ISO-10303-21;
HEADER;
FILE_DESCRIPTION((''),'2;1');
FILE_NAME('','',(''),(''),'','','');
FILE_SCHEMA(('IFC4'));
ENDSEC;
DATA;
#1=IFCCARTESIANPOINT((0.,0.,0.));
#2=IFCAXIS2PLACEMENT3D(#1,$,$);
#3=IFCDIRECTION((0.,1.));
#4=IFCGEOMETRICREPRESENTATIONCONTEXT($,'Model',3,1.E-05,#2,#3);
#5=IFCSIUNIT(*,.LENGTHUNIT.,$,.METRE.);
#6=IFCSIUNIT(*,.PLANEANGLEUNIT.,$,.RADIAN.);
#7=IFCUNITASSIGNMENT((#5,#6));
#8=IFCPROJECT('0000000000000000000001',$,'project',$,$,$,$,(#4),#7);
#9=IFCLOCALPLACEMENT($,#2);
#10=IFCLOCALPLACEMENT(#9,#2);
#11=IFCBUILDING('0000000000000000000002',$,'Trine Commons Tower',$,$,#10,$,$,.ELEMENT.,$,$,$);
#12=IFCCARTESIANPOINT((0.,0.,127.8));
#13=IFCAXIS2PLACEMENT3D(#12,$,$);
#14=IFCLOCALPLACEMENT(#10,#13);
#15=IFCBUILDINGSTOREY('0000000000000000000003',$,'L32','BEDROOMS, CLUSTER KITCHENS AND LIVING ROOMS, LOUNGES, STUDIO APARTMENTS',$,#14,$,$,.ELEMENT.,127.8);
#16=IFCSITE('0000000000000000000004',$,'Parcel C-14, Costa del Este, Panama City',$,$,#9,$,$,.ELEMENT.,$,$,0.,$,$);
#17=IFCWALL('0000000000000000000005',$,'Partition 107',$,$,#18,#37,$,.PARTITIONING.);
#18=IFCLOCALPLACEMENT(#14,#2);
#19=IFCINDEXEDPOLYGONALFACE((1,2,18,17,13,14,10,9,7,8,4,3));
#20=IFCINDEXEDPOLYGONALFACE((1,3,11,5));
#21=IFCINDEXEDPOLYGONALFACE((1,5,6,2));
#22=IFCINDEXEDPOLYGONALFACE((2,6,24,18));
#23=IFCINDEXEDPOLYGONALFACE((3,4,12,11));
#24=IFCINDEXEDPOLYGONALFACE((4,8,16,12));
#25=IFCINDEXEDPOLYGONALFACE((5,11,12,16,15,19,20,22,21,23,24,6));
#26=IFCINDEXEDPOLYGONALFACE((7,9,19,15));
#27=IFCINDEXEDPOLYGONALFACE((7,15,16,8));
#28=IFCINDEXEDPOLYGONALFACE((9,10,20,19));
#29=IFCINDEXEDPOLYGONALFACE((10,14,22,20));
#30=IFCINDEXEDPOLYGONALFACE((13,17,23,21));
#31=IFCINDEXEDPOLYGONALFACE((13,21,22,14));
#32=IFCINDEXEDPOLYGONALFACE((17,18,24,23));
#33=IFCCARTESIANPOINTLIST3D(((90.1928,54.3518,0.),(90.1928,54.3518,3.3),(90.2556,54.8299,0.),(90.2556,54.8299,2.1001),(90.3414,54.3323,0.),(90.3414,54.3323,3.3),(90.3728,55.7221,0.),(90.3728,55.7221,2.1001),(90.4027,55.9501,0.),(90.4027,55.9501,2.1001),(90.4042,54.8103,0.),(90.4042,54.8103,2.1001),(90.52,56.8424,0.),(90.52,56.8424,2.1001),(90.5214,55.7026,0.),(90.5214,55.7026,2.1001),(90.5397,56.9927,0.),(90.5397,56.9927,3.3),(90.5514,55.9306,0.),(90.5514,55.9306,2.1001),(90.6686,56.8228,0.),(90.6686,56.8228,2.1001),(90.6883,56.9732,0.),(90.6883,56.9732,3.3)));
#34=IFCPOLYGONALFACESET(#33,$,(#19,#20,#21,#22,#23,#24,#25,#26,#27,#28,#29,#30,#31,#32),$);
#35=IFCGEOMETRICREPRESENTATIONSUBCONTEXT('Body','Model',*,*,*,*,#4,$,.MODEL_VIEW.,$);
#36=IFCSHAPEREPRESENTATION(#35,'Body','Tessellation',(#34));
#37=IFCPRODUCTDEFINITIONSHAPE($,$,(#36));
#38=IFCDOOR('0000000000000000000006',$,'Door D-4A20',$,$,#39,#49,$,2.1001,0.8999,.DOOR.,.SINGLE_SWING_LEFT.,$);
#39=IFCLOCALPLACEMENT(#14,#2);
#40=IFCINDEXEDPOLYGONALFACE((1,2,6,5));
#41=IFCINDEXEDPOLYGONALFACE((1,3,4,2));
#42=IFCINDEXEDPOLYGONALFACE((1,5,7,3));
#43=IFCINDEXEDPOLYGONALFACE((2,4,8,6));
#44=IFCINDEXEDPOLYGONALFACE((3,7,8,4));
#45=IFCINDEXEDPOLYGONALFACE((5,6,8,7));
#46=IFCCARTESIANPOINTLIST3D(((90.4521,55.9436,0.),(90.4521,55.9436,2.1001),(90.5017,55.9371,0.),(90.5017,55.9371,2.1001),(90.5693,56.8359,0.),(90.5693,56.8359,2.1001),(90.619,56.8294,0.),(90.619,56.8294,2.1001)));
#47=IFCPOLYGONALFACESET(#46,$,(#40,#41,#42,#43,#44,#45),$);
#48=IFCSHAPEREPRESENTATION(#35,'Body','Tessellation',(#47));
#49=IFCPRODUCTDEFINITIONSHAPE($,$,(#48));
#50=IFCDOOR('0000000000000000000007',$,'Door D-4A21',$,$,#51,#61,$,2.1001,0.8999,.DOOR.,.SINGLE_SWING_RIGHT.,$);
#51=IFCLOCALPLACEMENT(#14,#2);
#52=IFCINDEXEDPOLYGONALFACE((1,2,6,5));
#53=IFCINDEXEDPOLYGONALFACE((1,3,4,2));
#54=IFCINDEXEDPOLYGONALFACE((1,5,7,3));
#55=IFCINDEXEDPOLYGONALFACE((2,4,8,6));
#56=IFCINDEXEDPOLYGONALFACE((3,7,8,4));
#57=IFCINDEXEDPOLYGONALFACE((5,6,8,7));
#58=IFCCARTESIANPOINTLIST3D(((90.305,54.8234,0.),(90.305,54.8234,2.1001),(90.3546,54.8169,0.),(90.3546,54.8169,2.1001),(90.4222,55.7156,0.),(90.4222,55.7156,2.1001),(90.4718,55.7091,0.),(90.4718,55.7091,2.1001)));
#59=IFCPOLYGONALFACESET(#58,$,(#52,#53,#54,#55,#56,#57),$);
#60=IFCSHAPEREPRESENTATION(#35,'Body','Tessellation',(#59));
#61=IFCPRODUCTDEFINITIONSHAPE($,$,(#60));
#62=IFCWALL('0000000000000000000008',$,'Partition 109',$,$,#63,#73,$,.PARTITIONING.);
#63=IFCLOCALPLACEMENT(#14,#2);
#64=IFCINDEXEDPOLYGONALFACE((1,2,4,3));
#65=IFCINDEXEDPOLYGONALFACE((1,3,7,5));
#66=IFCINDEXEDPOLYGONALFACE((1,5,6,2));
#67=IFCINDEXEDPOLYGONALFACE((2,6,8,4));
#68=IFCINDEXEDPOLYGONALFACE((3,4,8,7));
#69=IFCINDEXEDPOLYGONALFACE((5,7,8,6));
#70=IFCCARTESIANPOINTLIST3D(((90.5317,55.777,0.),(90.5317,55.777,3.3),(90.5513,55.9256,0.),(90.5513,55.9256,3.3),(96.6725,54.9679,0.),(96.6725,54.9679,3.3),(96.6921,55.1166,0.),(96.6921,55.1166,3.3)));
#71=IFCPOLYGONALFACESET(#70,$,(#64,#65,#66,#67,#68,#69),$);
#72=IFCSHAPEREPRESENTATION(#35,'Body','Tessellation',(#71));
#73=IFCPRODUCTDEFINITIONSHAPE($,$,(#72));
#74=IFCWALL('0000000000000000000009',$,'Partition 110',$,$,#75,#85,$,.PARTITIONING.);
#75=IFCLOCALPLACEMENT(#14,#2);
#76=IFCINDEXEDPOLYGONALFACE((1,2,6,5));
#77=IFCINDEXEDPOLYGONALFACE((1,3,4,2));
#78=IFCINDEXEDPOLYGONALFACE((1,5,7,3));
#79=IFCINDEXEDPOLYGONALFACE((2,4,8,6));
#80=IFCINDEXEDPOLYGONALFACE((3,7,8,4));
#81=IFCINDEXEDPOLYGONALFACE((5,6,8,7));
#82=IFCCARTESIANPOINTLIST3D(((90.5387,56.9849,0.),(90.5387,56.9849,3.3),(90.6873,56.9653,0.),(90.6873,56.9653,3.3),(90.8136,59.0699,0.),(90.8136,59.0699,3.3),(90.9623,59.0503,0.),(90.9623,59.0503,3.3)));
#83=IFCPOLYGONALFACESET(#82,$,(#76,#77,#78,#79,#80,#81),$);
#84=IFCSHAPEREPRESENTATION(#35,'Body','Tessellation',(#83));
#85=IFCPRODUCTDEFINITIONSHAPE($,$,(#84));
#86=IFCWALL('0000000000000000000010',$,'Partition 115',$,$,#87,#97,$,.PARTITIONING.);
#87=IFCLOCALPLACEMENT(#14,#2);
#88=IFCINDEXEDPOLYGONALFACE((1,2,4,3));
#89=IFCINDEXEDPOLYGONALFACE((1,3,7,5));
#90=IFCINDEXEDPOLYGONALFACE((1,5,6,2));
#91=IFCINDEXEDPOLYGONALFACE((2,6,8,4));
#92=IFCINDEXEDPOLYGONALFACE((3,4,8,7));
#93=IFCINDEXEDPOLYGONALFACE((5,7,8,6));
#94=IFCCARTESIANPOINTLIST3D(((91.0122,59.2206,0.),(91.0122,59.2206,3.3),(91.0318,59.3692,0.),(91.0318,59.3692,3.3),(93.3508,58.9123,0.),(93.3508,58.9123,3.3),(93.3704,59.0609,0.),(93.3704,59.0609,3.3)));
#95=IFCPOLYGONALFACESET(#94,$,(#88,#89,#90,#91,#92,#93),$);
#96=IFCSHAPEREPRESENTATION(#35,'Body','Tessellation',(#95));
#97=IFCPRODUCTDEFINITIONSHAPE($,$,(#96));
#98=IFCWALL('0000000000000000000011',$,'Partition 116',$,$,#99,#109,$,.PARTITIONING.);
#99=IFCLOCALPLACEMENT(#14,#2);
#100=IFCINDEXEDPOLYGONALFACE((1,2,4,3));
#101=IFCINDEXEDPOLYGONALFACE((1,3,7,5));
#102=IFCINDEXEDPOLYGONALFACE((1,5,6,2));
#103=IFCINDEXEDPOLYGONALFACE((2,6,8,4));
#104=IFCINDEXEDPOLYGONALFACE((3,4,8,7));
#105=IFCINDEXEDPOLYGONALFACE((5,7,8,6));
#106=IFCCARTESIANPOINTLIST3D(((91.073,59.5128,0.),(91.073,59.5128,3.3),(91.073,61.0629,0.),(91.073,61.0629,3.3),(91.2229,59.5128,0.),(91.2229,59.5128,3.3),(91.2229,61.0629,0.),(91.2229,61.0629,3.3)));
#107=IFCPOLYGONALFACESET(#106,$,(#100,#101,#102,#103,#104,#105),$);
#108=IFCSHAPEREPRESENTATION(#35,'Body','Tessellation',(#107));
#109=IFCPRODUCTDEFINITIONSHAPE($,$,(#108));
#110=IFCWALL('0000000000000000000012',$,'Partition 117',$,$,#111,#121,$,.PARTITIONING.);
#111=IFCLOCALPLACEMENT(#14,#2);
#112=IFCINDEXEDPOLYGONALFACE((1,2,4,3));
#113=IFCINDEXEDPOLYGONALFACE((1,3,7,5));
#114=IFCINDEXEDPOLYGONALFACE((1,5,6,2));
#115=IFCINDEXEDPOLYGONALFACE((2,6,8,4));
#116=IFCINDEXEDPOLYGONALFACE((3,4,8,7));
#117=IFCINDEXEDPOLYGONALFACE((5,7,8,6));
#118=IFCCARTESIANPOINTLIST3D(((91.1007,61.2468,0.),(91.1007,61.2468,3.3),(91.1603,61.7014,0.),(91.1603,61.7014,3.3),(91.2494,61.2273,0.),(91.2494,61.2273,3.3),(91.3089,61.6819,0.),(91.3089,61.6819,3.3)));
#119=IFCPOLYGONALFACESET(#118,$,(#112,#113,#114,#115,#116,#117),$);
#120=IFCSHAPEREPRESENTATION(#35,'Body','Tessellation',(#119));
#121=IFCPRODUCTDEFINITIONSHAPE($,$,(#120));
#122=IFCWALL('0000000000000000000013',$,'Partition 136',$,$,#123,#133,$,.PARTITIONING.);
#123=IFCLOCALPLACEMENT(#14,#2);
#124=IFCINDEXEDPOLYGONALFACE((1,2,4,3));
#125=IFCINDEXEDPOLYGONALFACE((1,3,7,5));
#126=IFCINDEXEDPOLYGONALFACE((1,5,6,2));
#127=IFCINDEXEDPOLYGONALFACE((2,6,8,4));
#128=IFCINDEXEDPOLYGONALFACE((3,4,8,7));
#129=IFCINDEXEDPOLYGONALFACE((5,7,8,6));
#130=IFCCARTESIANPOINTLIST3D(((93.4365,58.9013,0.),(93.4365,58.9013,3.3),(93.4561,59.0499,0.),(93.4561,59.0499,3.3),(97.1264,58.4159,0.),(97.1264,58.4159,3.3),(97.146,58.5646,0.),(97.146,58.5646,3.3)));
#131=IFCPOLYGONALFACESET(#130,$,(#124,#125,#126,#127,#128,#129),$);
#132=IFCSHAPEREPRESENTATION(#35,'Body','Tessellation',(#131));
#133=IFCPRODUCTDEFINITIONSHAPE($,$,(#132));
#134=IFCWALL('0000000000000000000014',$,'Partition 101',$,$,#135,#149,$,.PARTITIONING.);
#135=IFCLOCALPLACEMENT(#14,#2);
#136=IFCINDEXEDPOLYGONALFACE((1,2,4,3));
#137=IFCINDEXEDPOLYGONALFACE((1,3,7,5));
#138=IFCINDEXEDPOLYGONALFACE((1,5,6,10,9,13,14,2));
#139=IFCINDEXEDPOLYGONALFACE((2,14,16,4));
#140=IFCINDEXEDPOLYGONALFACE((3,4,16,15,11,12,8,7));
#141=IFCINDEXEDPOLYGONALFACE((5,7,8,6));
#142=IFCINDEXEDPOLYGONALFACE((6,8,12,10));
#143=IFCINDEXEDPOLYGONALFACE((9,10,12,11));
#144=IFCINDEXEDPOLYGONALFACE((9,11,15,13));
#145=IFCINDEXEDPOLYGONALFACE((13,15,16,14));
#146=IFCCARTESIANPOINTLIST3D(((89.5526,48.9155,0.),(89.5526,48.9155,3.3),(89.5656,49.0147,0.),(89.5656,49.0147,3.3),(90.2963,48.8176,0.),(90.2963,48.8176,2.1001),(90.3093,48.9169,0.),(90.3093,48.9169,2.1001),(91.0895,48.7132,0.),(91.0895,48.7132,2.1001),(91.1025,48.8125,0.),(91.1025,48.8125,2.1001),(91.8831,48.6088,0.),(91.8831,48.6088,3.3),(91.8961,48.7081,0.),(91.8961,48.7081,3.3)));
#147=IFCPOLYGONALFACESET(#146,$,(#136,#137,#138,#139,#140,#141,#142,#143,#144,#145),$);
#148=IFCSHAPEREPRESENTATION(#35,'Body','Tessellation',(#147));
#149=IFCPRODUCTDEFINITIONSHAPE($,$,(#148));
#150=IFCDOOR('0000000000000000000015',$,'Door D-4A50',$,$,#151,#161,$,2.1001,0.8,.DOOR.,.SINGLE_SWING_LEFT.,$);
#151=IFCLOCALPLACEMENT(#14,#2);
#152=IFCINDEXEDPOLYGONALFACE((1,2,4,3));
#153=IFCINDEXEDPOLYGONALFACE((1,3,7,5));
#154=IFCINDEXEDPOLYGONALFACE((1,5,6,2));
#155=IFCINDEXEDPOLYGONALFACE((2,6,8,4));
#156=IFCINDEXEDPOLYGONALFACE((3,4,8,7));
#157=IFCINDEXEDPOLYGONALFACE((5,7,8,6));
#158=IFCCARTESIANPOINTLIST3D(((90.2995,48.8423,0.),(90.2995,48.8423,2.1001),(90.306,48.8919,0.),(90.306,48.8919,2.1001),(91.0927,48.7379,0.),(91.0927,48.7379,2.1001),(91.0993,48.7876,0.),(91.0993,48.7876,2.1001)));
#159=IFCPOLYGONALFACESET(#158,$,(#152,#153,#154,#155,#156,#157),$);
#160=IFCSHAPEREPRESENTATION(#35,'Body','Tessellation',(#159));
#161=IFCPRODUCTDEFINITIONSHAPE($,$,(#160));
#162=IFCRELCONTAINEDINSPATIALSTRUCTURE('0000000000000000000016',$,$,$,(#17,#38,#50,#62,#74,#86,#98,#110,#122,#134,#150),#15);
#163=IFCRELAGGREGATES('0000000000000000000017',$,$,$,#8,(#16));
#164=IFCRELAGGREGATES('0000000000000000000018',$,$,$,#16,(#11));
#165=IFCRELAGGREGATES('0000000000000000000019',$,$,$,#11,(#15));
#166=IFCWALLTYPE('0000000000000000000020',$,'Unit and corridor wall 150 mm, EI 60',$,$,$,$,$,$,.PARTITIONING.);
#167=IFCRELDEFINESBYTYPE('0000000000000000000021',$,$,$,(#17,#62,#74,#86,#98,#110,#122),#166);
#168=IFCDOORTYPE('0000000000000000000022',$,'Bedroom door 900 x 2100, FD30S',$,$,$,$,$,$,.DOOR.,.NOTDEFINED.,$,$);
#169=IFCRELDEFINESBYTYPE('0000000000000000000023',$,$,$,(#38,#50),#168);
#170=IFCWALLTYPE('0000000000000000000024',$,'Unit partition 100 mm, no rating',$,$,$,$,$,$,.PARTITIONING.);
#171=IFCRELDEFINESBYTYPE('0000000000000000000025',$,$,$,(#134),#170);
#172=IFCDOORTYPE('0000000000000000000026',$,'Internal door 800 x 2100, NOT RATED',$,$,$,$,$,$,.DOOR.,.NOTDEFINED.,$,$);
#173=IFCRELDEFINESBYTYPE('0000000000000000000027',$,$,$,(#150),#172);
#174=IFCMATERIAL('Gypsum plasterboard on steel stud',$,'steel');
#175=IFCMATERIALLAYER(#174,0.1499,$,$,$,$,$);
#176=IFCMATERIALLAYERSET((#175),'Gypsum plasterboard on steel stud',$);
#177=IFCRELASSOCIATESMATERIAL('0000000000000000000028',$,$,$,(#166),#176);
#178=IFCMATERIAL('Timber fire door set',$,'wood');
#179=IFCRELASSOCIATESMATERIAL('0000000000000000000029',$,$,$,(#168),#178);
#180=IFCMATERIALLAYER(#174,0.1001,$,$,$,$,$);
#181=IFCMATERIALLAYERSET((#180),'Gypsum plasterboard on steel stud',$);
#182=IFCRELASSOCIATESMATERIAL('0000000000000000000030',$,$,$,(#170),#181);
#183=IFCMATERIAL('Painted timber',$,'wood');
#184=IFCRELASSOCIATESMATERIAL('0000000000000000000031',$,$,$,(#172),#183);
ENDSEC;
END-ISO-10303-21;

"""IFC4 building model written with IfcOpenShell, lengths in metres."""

from ifc_helpers import new_model, si_unit, direction, frame, frame_2d, origin, place, context, subcontext, project, spatial, rectangle, extrude, material, layer, layer_set, type_object, element, fill, save


model = new_model("IFC4")

# Units and contexts
model_context = context("Model", 3, precision=1e-05, world=origin(), true_north=direction((0.0, 1.0)))
body_context = subcontext(model_context, "Body", "Model", "MODEL_VIEW")
ifc_project = project(units=[si_unit("LENGTHUNIT", "METRE"), si_unit("PLANEANGLEUNIT", "RADIAN")], contexts=[model_context])

# Site, building, storey
site_placement = place(None, origin())
site = spatial("IfcSite", under=ifc_project, at=site_placement, Name="Parcel C-14, Costa del Este, Panama City", CompositionType="ELEMENT", RefElevation=0.0)
building_placement = place(site_placement, origin())
building = spatial("IfcBuilding", under=site, at=building_placement, Name="Trine Commons Tower", CompositionType="ELEMENT")
storey_placement = place(building_placement, frame((0.0, 0.0, 127.8)))
storey = spatial("IfcBuildingStorey", under=building, at=storey_placement, Name="L32", Description="BEDROOMS, CLUSTER KITCHENS AND LIVING ROOMS, LOUNGES, STUDIO APARTMENTS", CompositionType="ELEMENT", Elevation=127.8)

# Shared definitions
ifc_material_1 = material(Name="Gypsum plasterboard on steel stud", Category="steel")
ifc_layer_1 = layer(ifc_material_1, 0.1499)
ifc_layer_set_1 = layer_set([ifc_layer_1], Name="Gypsum plasterboard on steel stud")
wall_type_1 = type_object("IfcWallType", Name="Unit and corridor wall 150 mm, EI 60", PredefinedType="PARTITIONING", material=ifc_layer_set_1)

# Wall, openings, doors
wall_1_placement = place(storey_placement, frame((90.2671, 54.342, 0.0), z_axis=(0.0, 0.0, 1.0), x_axis=(0.130248, 0.991481, 0.0)))
wall_1 = element("IfcWall", 1, at=wall_1_placement, inside=storey, type_object=wall_type_1, Name="Partition 107", PredefinedType="PARTITIONING", context=body_context, shape_type="SweptSolid", body=[
    extrude(rectangle(XDim=2.6636, YDim=0.1499, at=frame_2d((1.3318, 0.0))), origin(), (0.0, 0.0, 1.0), 3.3),
])
opening_1_placement = place(wall_1_placement, frame((1.6121, 0.0, 0.0)))
opening_1 = element("IfcOpeningElement", 2, at=opening_1_placement, cuts=wall_1, PredefinedType="OPENING", context=body_context, shape_type="SweptSolid", body=[
    extrude(rectangle(XDim=0.8999, YDim=2.1001, at=frame_2d((0.45, 1.05))), frame((0.0, 0.085, 0.0), z_axis=(0.0, -1.0, 0.0), x_axis=(1.0, 0.0, 0.0)), (0.0, 0.0, 1.0), 0.1699),
])
opening_2_placement = place(wall_1_placement, frame((0.4822, 0.0, 0.0)))
opening_2 = element("IfcOpeningElement", 3, at=opening_2_placement, cuts=wall_1, PredefinedType="OPENING", context=body_context, shape_type="SweptSolid", body=[
    extrude(rectangle(XDim=0.8999, YDim=2.1001, at=frame_2d((0.45, 1.05))), frame((0.0, 0.085, 0.0), z_axis=(0.0, -1.0, 0.0), x_axis=(1.0, 0.0, 0.0)), (0.0, 0.0, 1.0), 0.1699),
])
ifc_material_2 = material(Name="Timber fire door set", Category="wood")
door_type_1 = type_object("IfcDoorType", Name="Bedroom door 900 x 2100, FD30S", OperationType="NOTDEFINED", PredefinedType="DOOR", material=ifc_material_2)
door_1_placement = place(opening_1_placement, frame((0.8999, 0.0, 0.0), z_axis=(0.0, 0.0, 1.0), x_axis=(-1.0, 0.0, 0.0)))
door_1 = element("IfcDoor", 4, at=door_1_placement, inside=storey, type_object=door_type_1, Name="Door D-4A20", OperationType="SINGLE_SWING_LEFT", OverallHeight=2.1001, OverallWidth=0.8999, PredefinedType="DOOR", context=body_context, shape_type="SweptSolid", body=[
    extrude(rectangle(XDim=0.8999, YDim=2.1001, at=frame_2d((0.45, 1.05))), frame((0.0, 0.0249, 0.0), z_axis=(0.0, -1.0, 0.0), x_axis=(1.0, 0.0, 0.0)), (0.0, 0.0, 1.0), 0.05),
])
fill(opening_1, door_1)
door_2_placement = place(opening_2_placement, frame((0.8999, 0.0, 0.0), z_axis=(0.0, 0.0, 1.0), x_axis=(-1.0, 0.0, 0.0)))
door_2 = element("IfcDoor", 5, at=door_2_placement, inside=storey, type_object=door_type_1, Name="Door D-4A21", OperationType="SINGLE_SWING_RIGHT", OverallHeight=2.1001, OverallWidth=0.8999, PredefinedType="DOOR", context=body_context, shape_type="SweptSolid", body=[
    extrude(rectangle(XDim=0.8999, YDim=2.1001, at=frame_2d((0.45, 1.05))), frame((0.0, 0.0249, 0.0), z_axis=(0.0, -1.0, 0.0), x_axis=(1.0, 0.0, 0.0)), (0.0, 0.0, 1.0), 0.05),
])
fill(opening_2, door_2)

# Walls
wall_2_placement = place(storey_placement, frame((90.5415, 55.8513, 0.0), z_axis=(0.0, 0.0, 1.0), x_axis=(0.991432, -0.130625, 0.0)))
element("IfcWall", 6, at=wall_2_placement, inside=storey, type_object=wall_type_1, Name="Partition 109", PredefinedType="PARTITIONING", context=body_context, shape_type="SweptSolid", body=[
    extrude(rectangle(XDim=6.1938, YDim=0.1499, at=frame_2d((3.0969, 0.0))), origin(), (0.0, 0.0, 1.0), 3.3),
])
wall_3_placement = place(storey_placement, frame((90.613, 56.9751, 0.0), z_axis=(0.0, 0.0, 1.0), x_axis=(0.130719, 0.991419, 0.0)))
element("IfcWall", 7, at=wall_3_placement, inside=storey, type_object=wall_type_1, Name="Partition 110", PredefinedType="PARTITIONING", context=body_context, shape_type="SweptSolid", body=[
    extrude(rectangle(XDim=2.103, YDim=0.1499, at=frame_2d((1.0515, 0.0))), origin(), (0.0, 0.0, 1.0), 3.3),
])
wall_4_placement = place(storey_placement, frame((91.022, 59.2949, 0.0), z_axis=(0.0, 0.0, 1.0), x_axis=(0.991419, -0.13072, 0.0)))
element("IfcWall", 8, at=wall_4_placement, inside=storey, type_object=wall_type_1, Name="Partition 115", PredefinedType="PARTITIONING", context=body_context, shape_type="SweptSolid", body=[
    extrude(rectangle(XDim=2.3589, YDim=0.1499, at=frame_2d((1.1794, 0.0))), origin(), (0.0, 0.0, 1.0), 3.3),
])
wall_5_placement = place(storey_placement, frame((91.1479, 59.5129, 0.0), z_axis=(0.0, 0.0, 1.0), x_axis=(0.0, 1.0, 0.0)))
element("IfcWall", 9, at=wall_5_placement, inside=storey, type_object=wall_type_1, Name="Partition 116", PredefinedType="PARTITIONING", context=body_context, shape_type="SweptSolid", body=[
    extrude(rectangle(XDim=1.55, YDim=0.1499, at=frame_2d((0.7749, 0.0))), origin(), (0.0, 0.0, 1.0), 3.3),
])
wall_6_placement = place(storey_placement, frame((91.175, 61.2371, 0.0), z_axis=(0.0, 0.0, 1.0), x_axis=(0.129931, 0.991523, 0.0)))
element("IfcWall", 10, at=wall_6_placement, inside=storey, type_object=wall_type_1, Name="Partition 117", PredefinedType="PARTITIONING", context=body_context, shape_type="SweptSolid", body=[
    extrude(rectangle(XDim=0.4585, YDim=0.1499, at=frame_2d((0.2292, 0.0))), origin(), (0.0, 0.0, 1.0), 3.3),
])
wall_7_placement = place(storey_placement, frame((93.4463, 58.9756, 0.0), z_axis=(0.0, 0.0, 1.0), x_axis=(0.99146, -0.13041, 0.0)))
element("IfcWall", 11, at=wall_7_placement, inside=storey, type_object=wall_type_1, Name="Partition 136", PredefinedType="PARTITIONING", context=body_context, shape_type="SweptSolid", body=[
    extrude(rectangle(XDim=3.7217, YDim=0.1499, at=frame_2d((1.8608, 0.0))), origin(), (0.0, 0.0, 1.0), 3.3),
])

# Wall, opening, door
ifc_layer_2 = layer(ifc_material_1, 0.1001)
ifc_layer_set_2 = layer_set([ifc_layer_2], Name="Gypsum plasterboard on steel stud")
wall_type_2 = type_object("IfcWallType", Name="Unit partition 100 mm, no rating", PredefinedType="PARTITIONING", material=ifc_layer_set_2)
wall_8_placement = place(storey_placement, frame((89.5591, 48.9651, 0.0), z_axis=(0.0, 0.0, 1.0), x_axis=(0.991455, -0.130449, 0.0)))
wall_8 = element("IfcWall", 12, at=wall_8_placement, inside=storey, type_object=wall_type_2, Name="Partition 101", PredefinedType="PARTITIONING", context=body_context, shape_type="SweptSolid", body=[
    extrude(rectangle(XDim=2.3506, YDim=0.1001, at=frame_2d((1.1753, 0.0))), origin(), (0.0, 0.0, 1.0), 3.3),
])
opening_3_placement = place(wall_8_placement, frame((0.7502, 0.0, 0.0)))
opening_3 = element("IfcOpeningElement", 13, at=opening_3_placement, cuts=wall_8, PredefinedType="OPENING", context=body_context, shape_type="SweptSolid", body=[
    extrude(rectangle(XDim=0.8, YDim=2.1001, at=frame_2d((0.3999, 1.05))), frame((0.0, 0.0601, 0.0), z_axis=(0.0, -1.0, 0.0), x_axis=(1.0, 0.0, 0.0)), (0.0, 0.0, 1.0), 0.1201),
])
ifc_material_3 = material(Name="Painted timber", Category="wood")
door_type_2 = type_object("IfcDoorType", Name="Internal door 800 x 2100, NOT RATED", OperationType="NOTDEFINED", PredefinedType="DOOR", material=ifc_material_3)
door_3_placement = place(opening_3_placement, origin())
door_3 = element("IfcDoor", 14, at=door_3_placement, inside=storey, type_object=door_type_2, Name="Door D-4A50", OperationType="SINGLE_SWING_LEFT", OverallHeight=2.1001, OverallWidth=0.8, PredefinedType="DOOR", context=body_context, shape_type="SweptSolid", body=[
    extrude(rectangle(XDim=0.8, YDim=2.1001, at=frame_2d((0.3999, 1.05))), frame((0.0, 0.0249, 0.0), z_axis=(0.0, -1.0, 0.0), x_axis=(1.0, 0.0, 0.0)), (0.0, 0.0, 1.0), 0.05),
])
fill(opening_3, door_3)

save(model, "model.ifc")
